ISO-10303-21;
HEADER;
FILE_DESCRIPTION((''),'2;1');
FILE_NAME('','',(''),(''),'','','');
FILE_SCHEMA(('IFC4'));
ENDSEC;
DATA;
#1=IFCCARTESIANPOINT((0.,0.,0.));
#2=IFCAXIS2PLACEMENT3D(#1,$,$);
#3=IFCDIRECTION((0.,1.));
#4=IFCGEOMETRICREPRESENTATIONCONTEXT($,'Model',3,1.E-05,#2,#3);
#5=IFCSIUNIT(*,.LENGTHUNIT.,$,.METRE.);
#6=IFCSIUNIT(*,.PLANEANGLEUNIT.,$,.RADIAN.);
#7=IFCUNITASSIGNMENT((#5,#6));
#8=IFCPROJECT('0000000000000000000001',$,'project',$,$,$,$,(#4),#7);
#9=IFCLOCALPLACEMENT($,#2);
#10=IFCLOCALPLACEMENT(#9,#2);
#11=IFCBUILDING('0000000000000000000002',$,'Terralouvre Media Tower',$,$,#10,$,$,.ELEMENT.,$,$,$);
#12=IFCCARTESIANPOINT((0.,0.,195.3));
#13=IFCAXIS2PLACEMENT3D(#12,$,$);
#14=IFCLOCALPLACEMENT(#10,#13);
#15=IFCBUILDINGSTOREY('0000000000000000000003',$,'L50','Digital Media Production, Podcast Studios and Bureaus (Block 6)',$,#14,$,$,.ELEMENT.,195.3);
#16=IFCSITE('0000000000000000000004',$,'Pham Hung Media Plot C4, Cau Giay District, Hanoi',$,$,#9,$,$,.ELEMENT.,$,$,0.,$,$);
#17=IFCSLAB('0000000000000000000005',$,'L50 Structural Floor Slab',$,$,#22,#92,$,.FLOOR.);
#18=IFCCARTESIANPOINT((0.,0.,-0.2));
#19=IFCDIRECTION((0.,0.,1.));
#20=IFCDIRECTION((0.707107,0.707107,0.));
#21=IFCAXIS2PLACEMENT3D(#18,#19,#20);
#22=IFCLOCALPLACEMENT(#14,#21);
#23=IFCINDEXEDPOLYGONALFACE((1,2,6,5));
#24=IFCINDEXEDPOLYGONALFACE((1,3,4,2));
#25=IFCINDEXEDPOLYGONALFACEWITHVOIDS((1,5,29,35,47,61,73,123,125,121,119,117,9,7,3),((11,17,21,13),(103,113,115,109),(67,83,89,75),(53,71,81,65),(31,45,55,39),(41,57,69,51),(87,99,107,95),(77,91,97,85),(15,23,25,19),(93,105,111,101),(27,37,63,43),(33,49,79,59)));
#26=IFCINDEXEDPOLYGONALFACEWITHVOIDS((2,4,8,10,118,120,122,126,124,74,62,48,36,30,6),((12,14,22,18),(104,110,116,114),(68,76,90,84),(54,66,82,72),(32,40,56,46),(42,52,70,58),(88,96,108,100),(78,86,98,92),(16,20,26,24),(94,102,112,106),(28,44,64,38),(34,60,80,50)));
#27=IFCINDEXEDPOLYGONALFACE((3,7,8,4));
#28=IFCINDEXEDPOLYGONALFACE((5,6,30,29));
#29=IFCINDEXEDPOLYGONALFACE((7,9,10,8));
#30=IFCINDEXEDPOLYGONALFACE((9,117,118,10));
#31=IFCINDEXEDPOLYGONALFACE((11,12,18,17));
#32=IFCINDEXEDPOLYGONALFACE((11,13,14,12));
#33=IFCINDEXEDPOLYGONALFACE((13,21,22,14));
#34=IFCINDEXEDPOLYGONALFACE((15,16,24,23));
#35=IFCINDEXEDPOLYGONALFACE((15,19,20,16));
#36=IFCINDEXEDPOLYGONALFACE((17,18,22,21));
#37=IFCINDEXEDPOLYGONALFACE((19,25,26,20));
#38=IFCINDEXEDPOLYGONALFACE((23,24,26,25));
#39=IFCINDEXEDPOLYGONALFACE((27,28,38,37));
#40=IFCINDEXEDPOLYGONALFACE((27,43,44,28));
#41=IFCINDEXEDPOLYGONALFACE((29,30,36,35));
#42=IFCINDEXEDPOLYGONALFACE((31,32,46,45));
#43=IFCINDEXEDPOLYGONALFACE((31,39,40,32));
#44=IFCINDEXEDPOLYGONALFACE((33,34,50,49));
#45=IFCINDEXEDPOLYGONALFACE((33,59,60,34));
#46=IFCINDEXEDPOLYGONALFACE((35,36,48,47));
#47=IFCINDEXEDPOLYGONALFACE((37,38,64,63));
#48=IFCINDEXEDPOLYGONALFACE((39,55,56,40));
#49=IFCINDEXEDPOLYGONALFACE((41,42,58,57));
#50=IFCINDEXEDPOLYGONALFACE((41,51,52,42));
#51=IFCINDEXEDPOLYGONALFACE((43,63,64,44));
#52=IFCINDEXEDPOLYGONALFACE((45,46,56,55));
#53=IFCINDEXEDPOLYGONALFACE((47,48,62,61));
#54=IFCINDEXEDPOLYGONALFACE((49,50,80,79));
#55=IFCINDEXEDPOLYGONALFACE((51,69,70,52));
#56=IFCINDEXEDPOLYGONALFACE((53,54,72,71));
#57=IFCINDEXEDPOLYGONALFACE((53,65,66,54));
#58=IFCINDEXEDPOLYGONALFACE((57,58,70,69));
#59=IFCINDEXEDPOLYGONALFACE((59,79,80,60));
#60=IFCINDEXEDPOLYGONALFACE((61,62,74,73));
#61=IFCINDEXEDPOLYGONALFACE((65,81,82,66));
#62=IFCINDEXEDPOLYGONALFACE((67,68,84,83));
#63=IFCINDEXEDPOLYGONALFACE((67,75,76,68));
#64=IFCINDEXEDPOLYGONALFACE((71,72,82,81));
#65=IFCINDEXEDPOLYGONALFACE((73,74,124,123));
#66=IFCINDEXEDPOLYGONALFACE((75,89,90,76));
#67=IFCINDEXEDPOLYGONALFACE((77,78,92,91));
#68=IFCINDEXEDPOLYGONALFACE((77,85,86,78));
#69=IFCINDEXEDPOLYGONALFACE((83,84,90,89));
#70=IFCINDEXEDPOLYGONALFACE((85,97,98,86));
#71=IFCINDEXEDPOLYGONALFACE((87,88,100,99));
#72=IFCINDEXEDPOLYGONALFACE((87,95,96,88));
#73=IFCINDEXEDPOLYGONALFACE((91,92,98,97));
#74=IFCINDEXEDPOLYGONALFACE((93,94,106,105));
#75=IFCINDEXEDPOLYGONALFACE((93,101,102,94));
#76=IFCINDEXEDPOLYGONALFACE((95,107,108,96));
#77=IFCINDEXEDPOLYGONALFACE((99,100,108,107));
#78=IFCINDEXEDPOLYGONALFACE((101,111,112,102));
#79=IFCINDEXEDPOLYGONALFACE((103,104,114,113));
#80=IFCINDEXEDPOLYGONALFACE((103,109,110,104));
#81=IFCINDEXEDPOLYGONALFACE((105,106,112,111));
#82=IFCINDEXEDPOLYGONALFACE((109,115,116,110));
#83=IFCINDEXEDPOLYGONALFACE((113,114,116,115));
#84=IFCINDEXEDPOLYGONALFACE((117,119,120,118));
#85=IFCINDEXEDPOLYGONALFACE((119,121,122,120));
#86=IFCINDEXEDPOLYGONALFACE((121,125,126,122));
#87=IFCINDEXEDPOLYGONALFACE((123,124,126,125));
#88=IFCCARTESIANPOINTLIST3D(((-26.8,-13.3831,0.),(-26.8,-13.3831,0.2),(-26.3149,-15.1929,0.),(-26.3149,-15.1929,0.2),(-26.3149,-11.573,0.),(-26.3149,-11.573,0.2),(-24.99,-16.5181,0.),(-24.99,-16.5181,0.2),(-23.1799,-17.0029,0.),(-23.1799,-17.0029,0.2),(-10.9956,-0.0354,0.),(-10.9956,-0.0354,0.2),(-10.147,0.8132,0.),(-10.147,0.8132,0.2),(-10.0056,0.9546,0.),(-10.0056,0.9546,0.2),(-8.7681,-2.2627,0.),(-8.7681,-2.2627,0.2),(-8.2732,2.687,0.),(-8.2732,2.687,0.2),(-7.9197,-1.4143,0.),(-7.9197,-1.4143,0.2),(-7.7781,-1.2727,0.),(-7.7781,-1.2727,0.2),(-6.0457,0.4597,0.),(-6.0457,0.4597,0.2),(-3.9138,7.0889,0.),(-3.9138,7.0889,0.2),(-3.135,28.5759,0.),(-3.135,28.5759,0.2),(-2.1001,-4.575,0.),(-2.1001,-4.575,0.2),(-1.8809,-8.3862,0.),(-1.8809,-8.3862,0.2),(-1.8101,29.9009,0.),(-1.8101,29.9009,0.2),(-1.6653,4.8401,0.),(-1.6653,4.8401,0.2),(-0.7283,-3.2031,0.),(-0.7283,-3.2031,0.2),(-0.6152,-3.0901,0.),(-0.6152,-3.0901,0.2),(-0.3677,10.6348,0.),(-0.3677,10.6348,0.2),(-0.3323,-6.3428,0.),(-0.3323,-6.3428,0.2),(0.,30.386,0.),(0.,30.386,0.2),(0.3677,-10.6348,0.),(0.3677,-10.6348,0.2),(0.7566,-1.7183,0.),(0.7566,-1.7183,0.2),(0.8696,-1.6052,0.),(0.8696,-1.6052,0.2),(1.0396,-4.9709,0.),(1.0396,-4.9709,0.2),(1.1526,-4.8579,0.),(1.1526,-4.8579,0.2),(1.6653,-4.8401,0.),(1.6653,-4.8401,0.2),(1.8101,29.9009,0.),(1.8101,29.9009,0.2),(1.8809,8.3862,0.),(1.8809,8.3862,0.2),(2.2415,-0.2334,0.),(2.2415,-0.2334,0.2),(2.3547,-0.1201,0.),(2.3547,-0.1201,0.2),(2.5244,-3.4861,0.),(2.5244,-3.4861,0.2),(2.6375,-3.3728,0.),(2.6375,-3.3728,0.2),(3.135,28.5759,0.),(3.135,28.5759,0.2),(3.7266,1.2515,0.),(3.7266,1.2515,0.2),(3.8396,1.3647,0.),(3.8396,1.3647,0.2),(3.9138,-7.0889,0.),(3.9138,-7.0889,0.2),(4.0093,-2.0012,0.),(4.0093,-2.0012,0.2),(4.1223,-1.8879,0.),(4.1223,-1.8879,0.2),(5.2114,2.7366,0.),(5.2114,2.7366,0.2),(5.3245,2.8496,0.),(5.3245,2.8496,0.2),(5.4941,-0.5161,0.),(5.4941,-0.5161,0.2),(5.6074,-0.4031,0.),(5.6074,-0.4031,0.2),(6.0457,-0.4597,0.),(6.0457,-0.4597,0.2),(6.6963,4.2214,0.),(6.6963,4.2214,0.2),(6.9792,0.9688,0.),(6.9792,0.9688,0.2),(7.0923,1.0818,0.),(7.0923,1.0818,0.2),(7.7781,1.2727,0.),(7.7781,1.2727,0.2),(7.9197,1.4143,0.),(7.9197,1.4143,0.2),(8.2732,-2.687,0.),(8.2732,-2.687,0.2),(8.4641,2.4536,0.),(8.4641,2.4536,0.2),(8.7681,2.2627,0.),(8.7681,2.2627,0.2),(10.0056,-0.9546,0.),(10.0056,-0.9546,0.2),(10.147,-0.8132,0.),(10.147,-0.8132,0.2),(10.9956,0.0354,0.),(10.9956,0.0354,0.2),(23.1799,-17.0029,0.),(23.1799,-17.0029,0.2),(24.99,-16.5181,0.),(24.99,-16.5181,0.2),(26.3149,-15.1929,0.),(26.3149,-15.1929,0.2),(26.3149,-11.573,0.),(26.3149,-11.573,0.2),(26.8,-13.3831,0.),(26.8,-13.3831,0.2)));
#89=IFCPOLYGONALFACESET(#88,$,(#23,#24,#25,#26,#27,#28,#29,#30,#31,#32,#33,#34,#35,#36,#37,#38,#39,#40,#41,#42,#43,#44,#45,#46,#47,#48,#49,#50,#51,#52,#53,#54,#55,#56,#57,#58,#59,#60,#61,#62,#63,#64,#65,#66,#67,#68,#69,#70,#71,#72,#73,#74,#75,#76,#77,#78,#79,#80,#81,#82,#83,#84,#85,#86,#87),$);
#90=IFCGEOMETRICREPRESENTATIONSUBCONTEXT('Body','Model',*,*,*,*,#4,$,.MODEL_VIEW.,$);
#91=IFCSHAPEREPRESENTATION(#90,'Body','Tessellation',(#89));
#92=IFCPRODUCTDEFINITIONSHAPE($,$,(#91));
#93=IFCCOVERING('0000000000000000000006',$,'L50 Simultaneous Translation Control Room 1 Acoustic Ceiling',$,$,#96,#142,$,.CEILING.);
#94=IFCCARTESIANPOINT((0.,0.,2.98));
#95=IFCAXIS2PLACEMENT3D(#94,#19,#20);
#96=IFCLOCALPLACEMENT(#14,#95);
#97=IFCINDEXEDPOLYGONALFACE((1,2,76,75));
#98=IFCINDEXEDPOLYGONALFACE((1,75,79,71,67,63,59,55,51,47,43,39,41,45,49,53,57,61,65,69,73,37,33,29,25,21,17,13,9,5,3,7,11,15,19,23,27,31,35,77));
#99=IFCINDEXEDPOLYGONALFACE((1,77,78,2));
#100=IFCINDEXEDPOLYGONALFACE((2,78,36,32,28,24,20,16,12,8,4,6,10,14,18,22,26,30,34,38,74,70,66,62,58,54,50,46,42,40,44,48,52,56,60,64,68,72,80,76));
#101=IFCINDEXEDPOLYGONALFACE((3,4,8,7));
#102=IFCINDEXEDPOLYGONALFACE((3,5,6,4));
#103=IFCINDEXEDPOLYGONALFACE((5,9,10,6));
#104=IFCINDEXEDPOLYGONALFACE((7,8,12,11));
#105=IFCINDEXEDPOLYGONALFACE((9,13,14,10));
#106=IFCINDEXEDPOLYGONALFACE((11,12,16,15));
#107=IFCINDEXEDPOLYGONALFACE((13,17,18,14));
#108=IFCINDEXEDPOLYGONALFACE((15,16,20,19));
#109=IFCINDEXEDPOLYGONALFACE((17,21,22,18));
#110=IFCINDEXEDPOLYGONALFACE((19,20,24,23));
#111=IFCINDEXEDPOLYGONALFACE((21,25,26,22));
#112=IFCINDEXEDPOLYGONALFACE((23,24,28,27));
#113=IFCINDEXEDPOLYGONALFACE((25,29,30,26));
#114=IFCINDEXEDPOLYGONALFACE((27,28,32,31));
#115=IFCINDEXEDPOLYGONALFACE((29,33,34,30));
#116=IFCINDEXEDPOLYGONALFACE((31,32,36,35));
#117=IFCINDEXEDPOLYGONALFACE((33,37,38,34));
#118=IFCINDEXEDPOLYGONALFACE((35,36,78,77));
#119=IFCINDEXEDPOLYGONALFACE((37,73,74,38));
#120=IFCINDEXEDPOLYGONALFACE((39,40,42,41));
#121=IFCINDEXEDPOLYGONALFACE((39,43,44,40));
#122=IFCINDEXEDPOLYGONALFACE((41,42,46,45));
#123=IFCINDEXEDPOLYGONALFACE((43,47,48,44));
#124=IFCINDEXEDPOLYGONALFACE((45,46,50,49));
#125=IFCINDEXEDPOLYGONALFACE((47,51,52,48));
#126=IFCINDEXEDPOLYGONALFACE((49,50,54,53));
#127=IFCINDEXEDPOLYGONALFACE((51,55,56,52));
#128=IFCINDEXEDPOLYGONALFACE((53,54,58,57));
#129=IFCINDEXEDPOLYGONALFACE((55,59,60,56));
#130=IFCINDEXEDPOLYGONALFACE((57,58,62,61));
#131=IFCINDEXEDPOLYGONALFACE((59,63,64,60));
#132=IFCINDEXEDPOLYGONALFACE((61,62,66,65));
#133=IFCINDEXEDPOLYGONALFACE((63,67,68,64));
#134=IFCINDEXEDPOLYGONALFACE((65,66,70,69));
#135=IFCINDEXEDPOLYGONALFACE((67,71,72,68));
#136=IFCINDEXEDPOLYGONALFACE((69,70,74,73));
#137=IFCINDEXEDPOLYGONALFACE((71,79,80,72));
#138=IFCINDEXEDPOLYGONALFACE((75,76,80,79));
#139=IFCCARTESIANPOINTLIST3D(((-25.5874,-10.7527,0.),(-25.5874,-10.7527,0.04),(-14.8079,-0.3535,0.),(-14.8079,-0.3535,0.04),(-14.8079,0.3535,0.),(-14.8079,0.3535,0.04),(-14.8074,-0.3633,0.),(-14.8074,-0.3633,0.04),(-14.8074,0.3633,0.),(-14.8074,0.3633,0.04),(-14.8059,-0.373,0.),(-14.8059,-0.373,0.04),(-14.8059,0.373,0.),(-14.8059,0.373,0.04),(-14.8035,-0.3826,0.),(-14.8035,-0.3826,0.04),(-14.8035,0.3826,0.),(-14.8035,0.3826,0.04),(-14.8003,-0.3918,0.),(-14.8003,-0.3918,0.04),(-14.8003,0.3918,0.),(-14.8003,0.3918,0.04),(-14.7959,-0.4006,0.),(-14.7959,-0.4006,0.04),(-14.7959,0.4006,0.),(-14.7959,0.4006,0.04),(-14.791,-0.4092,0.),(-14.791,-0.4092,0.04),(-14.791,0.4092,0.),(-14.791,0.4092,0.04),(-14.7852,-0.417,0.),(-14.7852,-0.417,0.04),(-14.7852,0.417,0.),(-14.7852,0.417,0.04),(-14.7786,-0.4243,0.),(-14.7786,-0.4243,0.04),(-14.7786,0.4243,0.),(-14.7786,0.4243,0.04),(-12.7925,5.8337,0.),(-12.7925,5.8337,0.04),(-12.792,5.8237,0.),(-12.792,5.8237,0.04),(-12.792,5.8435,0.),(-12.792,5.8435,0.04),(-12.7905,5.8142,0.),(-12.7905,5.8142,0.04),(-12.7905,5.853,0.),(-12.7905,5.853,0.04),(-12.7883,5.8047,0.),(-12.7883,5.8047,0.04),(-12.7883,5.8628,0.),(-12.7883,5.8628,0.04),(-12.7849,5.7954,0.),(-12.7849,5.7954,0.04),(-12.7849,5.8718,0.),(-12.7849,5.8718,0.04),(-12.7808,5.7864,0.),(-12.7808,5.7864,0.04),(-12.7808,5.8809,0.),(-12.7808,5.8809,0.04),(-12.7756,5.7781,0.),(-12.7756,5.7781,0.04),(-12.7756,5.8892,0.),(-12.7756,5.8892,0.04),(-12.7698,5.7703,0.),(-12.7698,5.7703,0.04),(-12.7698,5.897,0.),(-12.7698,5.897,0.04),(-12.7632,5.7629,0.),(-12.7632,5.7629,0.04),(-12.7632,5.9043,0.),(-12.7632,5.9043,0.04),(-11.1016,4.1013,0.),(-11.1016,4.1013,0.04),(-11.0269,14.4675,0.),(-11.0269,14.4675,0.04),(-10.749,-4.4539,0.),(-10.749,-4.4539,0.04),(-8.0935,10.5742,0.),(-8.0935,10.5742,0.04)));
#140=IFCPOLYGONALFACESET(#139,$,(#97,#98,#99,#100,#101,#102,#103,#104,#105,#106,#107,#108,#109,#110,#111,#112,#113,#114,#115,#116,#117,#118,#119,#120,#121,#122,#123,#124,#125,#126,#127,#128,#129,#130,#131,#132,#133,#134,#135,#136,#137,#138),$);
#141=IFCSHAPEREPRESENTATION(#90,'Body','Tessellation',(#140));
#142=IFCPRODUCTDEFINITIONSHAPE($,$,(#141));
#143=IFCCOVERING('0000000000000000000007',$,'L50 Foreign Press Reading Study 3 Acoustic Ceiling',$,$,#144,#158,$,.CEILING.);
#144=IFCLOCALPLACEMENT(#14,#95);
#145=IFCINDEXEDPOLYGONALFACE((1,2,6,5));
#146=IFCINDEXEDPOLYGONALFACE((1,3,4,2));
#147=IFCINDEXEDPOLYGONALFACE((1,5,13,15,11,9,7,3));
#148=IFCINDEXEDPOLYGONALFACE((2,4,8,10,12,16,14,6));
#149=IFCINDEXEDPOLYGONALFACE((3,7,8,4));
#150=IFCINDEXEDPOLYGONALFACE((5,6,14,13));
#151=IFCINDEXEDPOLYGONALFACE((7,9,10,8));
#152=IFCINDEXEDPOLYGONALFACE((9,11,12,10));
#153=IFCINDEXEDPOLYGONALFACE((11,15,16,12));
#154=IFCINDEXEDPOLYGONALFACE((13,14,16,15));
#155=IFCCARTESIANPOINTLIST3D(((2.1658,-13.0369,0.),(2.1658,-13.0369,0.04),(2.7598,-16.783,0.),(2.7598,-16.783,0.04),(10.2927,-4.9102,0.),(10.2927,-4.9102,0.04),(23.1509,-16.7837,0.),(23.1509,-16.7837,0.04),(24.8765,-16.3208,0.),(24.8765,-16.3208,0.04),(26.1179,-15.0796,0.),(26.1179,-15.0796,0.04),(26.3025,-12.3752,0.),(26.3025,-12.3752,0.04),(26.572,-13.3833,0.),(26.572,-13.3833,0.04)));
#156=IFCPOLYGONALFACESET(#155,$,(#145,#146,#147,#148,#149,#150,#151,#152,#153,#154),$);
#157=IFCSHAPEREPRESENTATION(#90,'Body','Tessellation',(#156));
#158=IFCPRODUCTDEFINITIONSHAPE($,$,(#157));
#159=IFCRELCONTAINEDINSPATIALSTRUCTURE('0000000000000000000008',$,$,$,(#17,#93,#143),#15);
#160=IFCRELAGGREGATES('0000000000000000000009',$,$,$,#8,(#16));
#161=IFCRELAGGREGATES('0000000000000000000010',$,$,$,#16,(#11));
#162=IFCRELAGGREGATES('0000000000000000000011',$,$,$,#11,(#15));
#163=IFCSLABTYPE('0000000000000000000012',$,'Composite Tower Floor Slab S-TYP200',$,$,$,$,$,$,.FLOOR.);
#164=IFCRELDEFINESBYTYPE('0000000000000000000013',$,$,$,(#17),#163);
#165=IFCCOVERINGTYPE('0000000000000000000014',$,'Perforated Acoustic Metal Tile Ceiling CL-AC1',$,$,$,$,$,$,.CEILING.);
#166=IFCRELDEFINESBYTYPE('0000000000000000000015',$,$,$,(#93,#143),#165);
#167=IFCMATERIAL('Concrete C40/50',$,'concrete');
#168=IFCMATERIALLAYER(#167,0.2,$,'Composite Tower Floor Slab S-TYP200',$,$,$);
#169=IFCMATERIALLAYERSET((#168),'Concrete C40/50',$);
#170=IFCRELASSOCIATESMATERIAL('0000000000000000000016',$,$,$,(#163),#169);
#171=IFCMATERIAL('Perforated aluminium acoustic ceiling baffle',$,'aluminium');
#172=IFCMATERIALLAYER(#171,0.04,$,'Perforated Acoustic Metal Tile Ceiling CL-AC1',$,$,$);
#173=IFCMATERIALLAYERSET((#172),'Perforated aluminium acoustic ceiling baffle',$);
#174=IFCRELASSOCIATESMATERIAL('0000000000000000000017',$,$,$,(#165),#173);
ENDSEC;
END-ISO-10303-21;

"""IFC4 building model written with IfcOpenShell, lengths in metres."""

from ifc_helpers import new_model, si_unit, direction, frame, origin, place, context, subcontext, project, spatial, polyline, outline, extrude, material, layer, layer_set, type_object, element, save


model = new_model("IFC4")

# Units and contexts
model_context = context("Model", 3, precision=1e-05, world=origin(), true_north=direction((0.0, 1.0)))
body_context = subcontext(model_context, "Body", "Model", "MODEL_VIEW")
ifc_project = project(units=[si_unit("LENGTHUNIT", "METRE"), si_unit("PLANEANGLEUNIT", "RADIAN")], contexts=[model_context])

# Site, building, storey
site_placement = place(None, origin())
site = spatial("IfcSite", under=ifc_project, at=site_placement, Name="Pham Hung Media Plot C4, Cau Giay District, Hanoi", CompositionType="ELEMENT", RefElevation=0.0)
building_placement = place(site_placement, origin())
building = spatial("IfcBuilding", under=site, at=building_placement, Name="Terralouvre Media Tower", CompositionType="ELEMENT")
storey_placement = place(building_placement, frame((0.0, 0.0, 195.3)))
storey = spatial("IfcBuildingStorey", under=building, at=storey_placement, Name="L50", Description="Digital Media Production, Podcast Studios and Bureaus (Block 6)", CompositionType="ELEMENT", Elevation=195.3)

# Slab
ifc_material_1 = material(Name="Concrete C40/50", Category="concrete")
ifc_layer_1 = layer(ifc_material_1, 0.2, Name="Composite Tower Floor Slab S-TYP200")
ifc_layer_set_1 = layer_set([ifc_layer_1], Name="Concrete C40/50")
slab_type_1 = type_object("IfcSlabType", Name="Composite Tower Floor Slab S-TYP200", PredefinedType="FLOOR", material=ifc_layer_set_1)
slab_1_placement = place(storey_placement, frame((0.0, 0.0, -0.2), z_axis=(0.0, 0.0, 1.0), x_axis=(0.707107, 0.707107, 0.0)))
element("IfcSlab", 1, at=slab_1_placement, inside=storey, type_object=slab_type_1, Name="L50 Structural Floor Slab", PredefinedType="FLOOR", context=body_context, shape_type="SweptSolid", body=[
    extrude(outline(polyline([(-26.3149, -11.573), (-26.8, -13.3831), (-26.3149, -15.1929), (-24.99, -16.5181), (-23.1799, -17.0029), (23.1799, -17.0029), (24.99, -16.5181), (26.3149, -15.1929), (26.8, -13.3831), (26.3149, -11.573), (3.135, 28.5759), (1.8101, 29.9009), (0.0, 30.386), (-1.8101, 29.9009), (-3.135, 28.5759), (-26.3149, -11.573)]), holes=[polyline([(-7.9197, -1.4143), (-8.7681, -2.2627), (-10.9956, -0.0354), (-10.147, 0.8132), (-7.9197, -1.4143)]), polyline([(-7.7781, -1.2727), (-10.0056, 0.9546), (-8.2732, 2.687), (-6.0457, 0.4597), (-7.7781, -1.2727)]), polyline([(4.1223, -1.8879), (2.3547, -0.1201), (3.7266, 1.2515), (5.4941, -0.5161), (4.1223, -1.8879)]), polyline([(6.9792, 0.9688), (5.6074, -0.4031), (3.8396, 1.3647), (5.2114, 2.7366), (6.9792, 0.9688)]), polyline([(-1.6653, 4.8401), (-3.9138, 7.0889), (-0.3677, 10.6348), (1.8809, 8.3862), (-1.6653, 4.8401)]), polyline([(7.0923, 1.0818), (5.3245, 2.8496), (6.6963, 4.2214), (8.4641, 2.4536), (7.0923, 1.0818)]), polyline([(-1.8809, -8.3862), (1.6653, -4.8401), (3.9138, -7.0889), (0.3677, -10.6348), (-1.8809, -8.3862)]), polyline([(-0.3323, -6.3428), (-2.1001, -4.575), (-0.7283, -3.2031), (1.0396, -4.9709), (-0.3323, -6.3428)]), polyline([(1.1526, -4.8579), (-0.6152, -3.0901), (0.7566, -1.7183), (2.5244, -3.4861), (1.1526, -4.8579)]), polyline([(4.0093, -2.0012), (2.6375, -3.3728), (0.8696, -1.6052), (2.2415, -0.2334), (4.0093, -2.0012)]), polyline([(8.2732, -2.687), (6.0457, -0.4597), (7.7781, 1.2727), (10.0056, -0.9546), (8.2732, -2.687)]), polyline([(10.147, -0.8132), (7.9197, 1.4143), (8.7681, 2.2627), (10.9956, 0.0354), (10.147, -0.8132)])]), origin(), (0.0, 0.0, 1.0), 0.2),
])

# Coverings
ifc_material_2 = material(Name="Perforated aluminium acoustic ceiling baffle", Category="aluminium")
ifc_layer_2 = layer(ifc_material_2, 0.04, Name="Perforated Acoustic Metal Tile Ceiling CL-AC1")
ifc_layer_set_2 = layer_set([ifc_layer_2], Name="Perforated aluminium acoustic ceiling baffle")
covering_type = type_object("IfcCoveringType", Name="Perforated Acoustic Metal Tile Ceiling CL-AC1", PredefinedType="CEILING", material=ifc_layer_set_2)
covering_1_placement = place(storey_placement, frame((0.0, 0.0, 2.98), z_axis=(0.0, 0.0, 1.0), x_axis=(0.707107, 0.707107, 0.0)))
element("IfcCovering", 2, at=covering_1_placement, inside=storey, type_object=covering_type, Name="L50 Simultaneous Translation Control Room 1 Acoustic Ceiling", PredefinedType="CEILING", context=body_context, shape_type="SweptSolid", body=[
    extrude(outline(polyline([(-14.7786, -0.4243), (-14.7852, -0.417), (-14.791, -0.4092), (-14.7959, -0.4006), (-14.8003, -0.3918), (-14.8035, -0.3826), (-14.8059, -0.373), (-14.8074, -0.3633), (-14.8079, -0.3535), (-14.8079, 0.3535), (-14.8074, 0.3633), (-14.8059, 0.373), (-14.8035, 0.3826), (-14.8003, 0.3918), (-14.7959, 0.4006), (-14.791, 0.4092), (-14.7852, 0.417), (-14.7786, 0.4243), (-11.1016, 4.1013), (-12.7632, 5.7629), (-12.7698, 5.7703), (-12.7756, 5.7781), (-12.7808, 5.7864), (-12.7849, 5.7954), (-12.7883, 5.8047), (-12.7905, 5.8142), (-12.792, 5.8237), (-12.7925, 5.8337), (-12.792, 5.8435), (-12.7905, 5.853), (-12.7883, 5.8628), (-12.7849, 5.8718), (-12.7808, 5.8809), (-12.7756, 5.8892), (-12.7698, 5.897), (-12.7632, 5.9043), (-8.0935, 10.5742), (-11.0269, 14.4675), (-25.5874, -10.7527), (-10.749, -4.4539), (-14.7786, -0.4243)])), origin(), (0.0, 0.0, 1.0), 0.04),
])
covering_2_placement = place(storey_placement, frame((0.0, 0.0, 2.98), z_axis=(0.0, 0.0, 1.0), x_axis=(0.707107, 0.707107, 0.0)))
element("IfcCovering", 3, at=covering_2_placement, inside=storey, type_object=covering_type, Name="L50 Foreign Press Reading Study 3 Acoustic Ceiling", PredefinedType="CEILING", context=body_context, shape_type="SweptSolid", body=[
    extrude(outline(polyline([(2.1658, -13.0369), (2.7598, -16.783), (23.1509, -16.7837), (24.8765, -16.3208), (26.1179, -15.0796), (26.572, -13.3833), (26.3025, -12.3752), (10.2927, -4.9102), (2.1658, -13.0369)])), origin(), (0.0, 0.0, 1.0), 0.04),
])

save(model, "model.ifc")
